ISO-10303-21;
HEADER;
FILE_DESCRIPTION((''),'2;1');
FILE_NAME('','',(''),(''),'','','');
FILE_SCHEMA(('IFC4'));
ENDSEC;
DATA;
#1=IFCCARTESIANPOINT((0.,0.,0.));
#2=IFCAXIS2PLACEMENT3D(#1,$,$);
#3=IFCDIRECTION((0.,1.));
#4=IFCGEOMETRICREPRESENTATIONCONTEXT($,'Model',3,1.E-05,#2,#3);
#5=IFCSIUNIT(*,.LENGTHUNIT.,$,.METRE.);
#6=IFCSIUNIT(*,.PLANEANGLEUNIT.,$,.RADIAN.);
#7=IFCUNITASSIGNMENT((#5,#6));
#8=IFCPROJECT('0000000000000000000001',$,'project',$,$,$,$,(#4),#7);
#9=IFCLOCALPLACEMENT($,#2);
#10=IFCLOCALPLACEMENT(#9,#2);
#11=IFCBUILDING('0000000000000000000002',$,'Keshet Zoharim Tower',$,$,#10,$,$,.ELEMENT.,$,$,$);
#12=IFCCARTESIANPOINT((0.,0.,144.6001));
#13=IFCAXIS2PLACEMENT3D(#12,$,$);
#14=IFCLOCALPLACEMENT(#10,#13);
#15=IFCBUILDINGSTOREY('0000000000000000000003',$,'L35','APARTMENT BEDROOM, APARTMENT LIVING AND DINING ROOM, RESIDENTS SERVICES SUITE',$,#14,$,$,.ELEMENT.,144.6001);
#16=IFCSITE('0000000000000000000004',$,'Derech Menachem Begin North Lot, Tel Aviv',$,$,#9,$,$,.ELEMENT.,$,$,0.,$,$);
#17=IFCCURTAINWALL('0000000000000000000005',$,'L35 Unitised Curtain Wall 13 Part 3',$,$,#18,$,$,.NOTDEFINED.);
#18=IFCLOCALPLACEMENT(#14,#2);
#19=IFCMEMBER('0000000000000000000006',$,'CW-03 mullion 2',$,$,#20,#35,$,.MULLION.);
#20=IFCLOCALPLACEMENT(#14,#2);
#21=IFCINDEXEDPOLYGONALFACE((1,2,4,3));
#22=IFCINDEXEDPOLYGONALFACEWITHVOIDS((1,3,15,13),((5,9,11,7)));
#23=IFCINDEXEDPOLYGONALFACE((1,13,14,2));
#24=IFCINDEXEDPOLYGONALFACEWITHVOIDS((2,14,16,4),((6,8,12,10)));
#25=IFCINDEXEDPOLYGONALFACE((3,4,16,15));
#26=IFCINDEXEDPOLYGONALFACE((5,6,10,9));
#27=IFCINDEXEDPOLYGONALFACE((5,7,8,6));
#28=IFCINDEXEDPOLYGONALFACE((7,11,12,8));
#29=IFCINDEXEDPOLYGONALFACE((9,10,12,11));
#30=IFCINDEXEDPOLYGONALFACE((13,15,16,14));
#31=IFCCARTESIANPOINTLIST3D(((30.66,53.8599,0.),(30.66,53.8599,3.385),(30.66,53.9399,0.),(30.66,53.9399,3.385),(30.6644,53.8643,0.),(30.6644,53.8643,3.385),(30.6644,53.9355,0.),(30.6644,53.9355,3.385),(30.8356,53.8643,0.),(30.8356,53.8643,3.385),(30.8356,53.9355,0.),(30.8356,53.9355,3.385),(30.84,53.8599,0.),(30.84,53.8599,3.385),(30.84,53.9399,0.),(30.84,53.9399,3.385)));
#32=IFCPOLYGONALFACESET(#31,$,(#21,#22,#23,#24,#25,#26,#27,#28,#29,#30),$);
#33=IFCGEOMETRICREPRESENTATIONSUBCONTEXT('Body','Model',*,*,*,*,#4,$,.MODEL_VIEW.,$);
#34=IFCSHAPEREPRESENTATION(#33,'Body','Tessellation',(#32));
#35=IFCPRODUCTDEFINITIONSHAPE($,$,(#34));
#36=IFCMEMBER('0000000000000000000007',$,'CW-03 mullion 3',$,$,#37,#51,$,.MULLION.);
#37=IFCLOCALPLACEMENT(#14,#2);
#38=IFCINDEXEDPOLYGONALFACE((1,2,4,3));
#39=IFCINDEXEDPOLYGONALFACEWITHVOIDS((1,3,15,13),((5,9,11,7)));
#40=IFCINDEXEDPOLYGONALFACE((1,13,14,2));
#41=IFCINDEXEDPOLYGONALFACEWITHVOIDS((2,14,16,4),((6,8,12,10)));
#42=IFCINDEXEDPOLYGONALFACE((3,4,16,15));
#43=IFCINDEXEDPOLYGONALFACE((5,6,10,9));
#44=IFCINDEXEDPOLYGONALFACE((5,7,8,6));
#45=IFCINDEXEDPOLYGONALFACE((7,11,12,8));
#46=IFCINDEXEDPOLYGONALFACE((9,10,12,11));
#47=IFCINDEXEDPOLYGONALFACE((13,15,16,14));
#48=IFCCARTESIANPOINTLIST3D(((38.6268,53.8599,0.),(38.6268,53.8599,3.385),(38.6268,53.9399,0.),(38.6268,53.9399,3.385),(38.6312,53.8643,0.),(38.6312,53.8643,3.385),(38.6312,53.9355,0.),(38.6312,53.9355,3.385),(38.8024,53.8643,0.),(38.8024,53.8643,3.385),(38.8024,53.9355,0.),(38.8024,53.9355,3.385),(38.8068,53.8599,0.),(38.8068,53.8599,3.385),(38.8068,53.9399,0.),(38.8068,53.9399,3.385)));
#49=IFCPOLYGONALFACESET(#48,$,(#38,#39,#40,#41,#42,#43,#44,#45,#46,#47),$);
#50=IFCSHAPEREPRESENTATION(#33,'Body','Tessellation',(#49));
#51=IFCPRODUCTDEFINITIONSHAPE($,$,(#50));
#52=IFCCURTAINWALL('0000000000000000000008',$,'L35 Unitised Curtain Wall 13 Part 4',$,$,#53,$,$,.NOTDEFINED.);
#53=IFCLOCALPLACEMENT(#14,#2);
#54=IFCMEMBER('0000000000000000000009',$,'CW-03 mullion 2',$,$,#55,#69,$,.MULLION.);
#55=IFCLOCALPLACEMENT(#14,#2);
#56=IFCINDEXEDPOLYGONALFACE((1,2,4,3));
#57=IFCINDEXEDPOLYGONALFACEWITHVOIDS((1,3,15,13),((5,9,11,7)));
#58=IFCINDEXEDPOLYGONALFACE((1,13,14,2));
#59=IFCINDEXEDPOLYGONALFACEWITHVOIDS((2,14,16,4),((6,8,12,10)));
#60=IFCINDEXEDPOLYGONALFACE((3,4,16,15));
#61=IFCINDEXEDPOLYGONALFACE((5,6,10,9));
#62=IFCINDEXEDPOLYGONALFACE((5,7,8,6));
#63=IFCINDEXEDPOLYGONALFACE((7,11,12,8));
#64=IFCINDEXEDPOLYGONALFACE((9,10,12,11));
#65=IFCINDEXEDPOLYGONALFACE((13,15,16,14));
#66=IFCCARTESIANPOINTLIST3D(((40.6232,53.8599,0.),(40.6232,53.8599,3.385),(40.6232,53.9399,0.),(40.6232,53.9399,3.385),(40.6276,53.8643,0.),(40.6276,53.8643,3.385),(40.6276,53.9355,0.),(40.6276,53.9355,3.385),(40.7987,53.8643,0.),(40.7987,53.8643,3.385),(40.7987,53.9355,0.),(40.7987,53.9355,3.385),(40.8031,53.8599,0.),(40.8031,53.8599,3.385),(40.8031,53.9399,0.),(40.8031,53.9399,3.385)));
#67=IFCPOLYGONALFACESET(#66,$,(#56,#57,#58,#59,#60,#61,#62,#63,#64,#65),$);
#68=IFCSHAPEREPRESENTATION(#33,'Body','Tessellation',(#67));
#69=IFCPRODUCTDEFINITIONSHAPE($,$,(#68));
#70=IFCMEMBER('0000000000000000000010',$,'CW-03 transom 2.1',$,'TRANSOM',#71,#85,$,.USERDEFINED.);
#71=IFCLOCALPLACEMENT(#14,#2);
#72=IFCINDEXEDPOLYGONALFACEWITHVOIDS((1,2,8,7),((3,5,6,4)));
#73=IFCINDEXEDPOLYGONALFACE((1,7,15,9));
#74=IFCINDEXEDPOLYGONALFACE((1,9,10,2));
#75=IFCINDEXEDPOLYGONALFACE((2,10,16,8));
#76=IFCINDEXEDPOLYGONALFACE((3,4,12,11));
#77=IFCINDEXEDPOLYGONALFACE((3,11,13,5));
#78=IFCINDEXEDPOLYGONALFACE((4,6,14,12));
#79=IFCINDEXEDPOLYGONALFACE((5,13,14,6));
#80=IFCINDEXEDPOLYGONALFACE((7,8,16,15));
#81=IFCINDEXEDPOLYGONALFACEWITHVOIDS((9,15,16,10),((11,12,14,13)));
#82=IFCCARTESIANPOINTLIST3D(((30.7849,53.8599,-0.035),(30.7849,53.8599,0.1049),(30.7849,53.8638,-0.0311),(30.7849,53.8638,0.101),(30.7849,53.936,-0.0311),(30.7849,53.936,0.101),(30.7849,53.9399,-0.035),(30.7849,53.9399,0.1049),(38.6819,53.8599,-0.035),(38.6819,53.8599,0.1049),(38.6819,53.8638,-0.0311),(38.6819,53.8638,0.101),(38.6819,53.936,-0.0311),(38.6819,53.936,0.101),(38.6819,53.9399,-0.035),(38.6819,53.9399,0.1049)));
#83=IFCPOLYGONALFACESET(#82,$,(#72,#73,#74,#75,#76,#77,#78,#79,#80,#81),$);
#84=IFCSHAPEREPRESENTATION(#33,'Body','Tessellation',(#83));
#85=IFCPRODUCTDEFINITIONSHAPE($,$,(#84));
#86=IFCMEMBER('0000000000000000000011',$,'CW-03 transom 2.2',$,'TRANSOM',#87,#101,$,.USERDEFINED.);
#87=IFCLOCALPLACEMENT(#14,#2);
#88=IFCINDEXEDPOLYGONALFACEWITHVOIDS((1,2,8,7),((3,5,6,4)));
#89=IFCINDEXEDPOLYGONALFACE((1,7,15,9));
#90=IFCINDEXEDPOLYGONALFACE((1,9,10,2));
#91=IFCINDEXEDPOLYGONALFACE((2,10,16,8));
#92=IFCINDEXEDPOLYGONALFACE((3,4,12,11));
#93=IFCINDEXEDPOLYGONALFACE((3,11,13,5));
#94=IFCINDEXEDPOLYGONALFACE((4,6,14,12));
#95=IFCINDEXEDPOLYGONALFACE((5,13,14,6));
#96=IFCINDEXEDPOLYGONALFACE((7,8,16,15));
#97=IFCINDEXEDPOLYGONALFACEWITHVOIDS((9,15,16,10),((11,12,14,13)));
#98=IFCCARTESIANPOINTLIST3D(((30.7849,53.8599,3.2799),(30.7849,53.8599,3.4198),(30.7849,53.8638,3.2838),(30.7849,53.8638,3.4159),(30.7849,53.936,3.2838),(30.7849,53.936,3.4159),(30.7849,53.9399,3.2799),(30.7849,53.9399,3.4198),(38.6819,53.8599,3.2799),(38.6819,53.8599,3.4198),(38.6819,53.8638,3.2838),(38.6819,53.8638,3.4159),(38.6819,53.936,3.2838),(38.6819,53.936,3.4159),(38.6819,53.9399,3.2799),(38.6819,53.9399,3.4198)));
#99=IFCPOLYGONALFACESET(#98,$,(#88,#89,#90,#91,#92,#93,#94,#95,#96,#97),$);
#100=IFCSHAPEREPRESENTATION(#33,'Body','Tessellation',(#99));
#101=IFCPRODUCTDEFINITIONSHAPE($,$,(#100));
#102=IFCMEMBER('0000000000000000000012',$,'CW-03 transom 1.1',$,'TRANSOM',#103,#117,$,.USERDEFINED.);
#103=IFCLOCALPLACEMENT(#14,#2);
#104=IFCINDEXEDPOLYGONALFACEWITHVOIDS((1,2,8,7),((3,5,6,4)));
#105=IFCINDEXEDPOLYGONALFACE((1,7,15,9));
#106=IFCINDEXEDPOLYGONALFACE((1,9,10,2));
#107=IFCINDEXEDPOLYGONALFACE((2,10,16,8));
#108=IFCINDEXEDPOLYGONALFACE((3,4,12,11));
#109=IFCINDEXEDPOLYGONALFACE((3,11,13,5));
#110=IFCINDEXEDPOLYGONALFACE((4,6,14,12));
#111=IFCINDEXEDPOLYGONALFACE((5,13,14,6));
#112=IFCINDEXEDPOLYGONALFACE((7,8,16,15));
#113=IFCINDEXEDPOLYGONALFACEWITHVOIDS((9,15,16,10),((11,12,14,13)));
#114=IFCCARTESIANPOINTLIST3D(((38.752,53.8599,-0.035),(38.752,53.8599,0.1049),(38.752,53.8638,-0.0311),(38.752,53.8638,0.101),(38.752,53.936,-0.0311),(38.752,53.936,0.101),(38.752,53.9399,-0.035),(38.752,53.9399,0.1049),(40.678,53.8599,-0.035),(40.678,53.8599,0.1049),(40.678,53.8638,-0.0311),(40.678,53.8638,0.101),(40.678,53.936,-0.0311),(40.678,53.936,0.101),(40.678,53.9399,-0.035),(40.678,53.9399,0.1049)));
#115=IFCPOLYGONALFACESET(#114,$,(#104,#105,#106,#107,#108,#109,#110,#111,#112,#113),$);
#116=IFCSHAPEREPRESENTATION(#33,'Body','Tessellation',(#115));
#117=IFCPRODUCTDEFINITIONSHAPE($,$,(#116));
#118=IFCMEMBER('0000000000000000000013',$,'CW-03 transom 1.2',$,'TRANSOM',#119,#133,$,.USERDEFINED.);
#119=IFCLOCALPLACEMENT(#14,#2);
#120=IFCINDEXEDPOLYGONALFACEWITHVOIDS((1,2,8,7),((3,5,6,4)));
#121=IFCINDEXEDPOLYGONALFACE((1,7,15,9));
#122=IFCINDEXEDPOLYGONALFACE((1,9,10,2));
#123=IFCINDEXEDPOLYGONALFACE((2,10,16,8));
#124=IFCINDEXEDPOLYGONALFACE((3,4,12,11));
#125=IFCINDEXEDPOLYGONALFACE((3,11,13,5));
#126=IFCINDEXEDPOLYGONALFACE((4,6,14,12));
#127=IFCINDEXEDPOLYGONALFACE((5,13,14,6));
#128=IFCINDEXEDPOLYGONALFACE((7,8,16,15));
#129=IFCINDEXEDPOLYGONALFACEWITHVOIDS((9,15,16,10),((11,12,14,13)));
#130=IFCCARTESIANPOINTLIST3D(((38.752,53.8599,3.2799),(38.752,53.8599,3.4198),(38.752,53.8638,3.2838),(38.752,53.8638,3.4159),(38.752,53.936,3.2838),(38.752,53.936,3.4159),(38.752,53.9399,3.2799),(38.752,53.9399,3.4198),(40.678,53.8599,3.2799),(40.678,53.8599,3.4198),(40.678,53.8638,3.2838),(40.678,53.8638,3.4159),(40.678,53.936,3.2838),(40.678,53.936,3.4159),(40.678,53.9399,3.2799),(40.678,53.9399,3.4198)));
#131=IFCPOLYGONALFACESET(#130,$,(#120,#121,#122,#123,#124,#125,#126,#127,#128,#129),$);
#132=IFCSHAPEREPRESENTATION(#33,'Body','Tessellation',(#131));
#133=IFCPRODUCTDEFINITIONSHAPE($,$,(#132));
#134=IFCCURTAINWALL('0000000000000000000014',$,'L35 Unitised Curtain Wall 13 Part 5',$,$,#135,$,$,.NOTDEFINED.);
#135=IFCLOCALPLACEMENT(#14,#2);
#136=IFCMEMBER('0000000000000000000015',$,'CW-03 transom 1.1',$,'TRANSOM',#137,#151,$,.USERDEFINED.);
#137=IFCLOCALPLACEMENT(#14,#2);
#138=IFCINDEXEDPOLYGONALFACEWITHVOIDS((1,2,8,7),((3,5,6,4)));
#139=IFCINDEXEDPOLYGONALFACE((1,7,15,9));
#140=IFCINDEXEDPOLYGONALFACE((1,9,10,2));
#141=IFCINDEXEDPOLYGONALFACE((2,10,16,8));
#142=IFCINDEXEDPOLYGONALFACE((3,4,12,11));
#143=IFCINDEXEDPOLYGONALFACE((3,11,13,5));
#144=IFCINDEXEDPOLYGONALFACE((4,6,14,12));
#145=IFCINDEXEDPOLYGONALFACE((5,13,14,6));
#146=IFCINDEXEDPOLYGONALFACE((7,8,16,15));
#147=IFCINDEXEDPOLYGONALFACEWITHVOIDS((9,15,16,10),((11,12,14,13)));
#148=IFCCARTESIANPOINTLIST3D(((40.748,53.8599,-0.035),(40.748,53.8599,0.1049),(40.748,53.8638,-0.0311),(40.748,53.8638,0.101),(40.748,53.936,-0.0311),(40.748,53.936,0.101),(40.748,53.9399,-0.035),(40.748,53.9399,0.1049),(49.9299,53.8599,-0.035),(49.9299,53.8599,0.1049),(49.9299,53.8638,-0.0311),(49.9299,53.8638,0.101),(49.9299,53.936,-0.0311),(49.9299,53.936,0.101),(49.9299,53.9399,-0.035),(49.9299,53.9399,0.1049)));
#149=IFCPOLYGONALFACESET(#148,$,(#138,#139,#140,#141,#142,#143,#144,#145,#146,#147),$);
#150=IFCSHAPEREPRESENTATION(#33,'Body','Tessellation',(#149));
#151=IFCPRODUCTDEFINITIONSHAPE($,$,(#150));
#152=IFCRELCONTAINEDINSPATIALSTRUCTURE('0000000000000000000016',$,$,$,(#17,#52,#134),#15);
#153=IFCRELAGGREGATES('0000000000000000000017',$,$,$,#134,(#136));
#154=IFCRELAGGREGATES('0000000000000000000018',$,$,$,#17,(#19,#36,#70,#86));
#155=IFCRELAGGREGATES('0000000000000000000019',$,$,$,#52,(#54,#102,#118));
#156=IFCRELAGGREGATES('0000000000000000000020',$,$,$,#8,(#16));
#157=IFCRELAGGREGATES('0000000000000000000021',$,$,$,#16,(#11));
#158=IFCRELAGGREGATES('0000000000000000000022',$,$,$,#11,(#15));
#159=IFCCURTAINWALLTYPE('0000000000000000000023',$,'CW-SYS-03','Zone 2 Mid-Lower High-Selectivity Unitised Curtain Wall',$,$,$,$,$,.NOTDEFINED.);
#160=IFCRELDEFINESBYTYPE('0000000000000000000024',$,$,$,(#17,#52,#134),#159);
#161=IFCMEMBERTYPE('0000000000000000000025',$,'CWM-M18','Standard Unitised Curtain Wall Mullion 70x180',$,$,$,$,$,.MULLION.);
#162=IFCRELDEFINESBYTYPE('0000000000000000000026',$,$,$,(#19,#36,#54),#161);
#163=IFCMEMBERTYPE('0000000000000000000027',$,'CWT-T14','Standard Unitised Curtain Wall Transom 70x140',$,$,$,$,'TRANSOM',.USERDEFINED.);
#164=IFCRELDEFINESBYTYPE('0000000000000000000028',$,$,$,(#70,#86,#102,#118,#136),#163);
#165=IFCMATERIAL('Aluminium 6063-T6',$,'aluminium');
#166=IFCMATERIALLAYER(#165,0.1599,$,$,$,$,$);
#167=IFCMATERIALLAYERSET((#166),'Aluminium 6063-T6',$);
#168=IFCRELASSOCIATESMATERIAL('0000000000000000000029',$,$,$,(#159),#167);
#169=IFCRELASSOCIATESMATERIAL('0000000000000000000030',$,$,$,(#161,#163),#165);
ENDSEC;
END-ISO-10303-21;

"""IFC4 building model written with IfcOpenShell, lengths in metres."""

from ifc_helpers import new_model, si_unit, direction, frame, origin, origin_2d, place, context, subcontext, project, spatial, hollow_rectangle, extrude, material, layer, layer_set, material_profile, profile_set, type_object, element, aggregate, save


model = new_model("IFC4")

# Units and contexts
model_context = context("Model", 3, precision=1e-05, world=origin(), true_north=direction((0.0, 1.0)))
body_context = subcontext(model_context, "Body", "Model", "MODEL_VIEW")
ifc_project = project(units=[si_unit("LENGTHUNIT", "METRE"), si_unit("PLANEANGLEUNIT", "RADIAN")], contexts=[model_context])

# Site, building, storey
site_placement = place(None, origin())
site = spatial("IfcSite", under=ifc_project, at=site_placement, Name="Derech Menachem Begin North Lot, Tel Aviv", CompositionType="ELEMENT", RefElevation=0.0)
building_placement = place(site_placement, origin())
building = spatial("IfcBuilding", under=site, at=building_placement, Name="Keshet Zoharim Tower", CompositionType="ELEMENT")
storey_placement = place(building_placement, frame((0.0, 0.0, 144.6001)))
storey = spatial("IfcBuildingStorey", under=building, at=storey_placement, Name="L35", Description="APARTMENT BEDROOM, APARTMENT LIVING AND DINING ROOM, RESIDENTS SERVICES SUITE", CompositionType="ELEMENT", Elevation=144.6001)

# Curtain wall, members
ifc_material_1 = material(Name="Aluminium 6063-T6", Category="aluminium")
ifc_layer_1 = layer(ifc_material_1, 0.1599)
ifc_layer_set_1 = layer_set([ifc_layer_1], Name="Aluminium 6063-T6")
curtain_wall_type = type_object("IfcCurtainWallType", Name="CW-SYS-03", Description="Zone 2 Mid-Lower High-Selectivity Unitised Curtain Wall", PredefinedType="NOTDEFINED", material=ifc_layer_set_1)
curtain_wall_1_placement = place(storey_placement, origin())
curtain_wall_1 = element("IfcCurtainWall", 1, at=curtain_wall_1_placement, inside=storey, type_object=curtain_wall_type, Name="L35 Unitised Curtain Wall 13 Part 3", PredefinedType="NOTDEFINED")
ifc_material_profile_1 = material_profile(ifc_material_1, hollow_rectangle(XDim=0.0801, YDim=0.1799, WallThickness=0.0044, at=origin_2d()), Name="MUL-80x180")
ifc_profile_set_1 = profile_set([ifc_material_profile_1], Name="Aluminium 6063-T6")
member_type_1 = type_object("IfcMemberType", Name="CWM-M18", Description="Standard Unitised Curtain Wall Mullion 70x180", PredefinedType="MULLION", material=ifc_profile_set_1)
member_1_placement = place(storey_placement, frame((30.75, 53.8999, 0.0), z_axis=(0.0, 0.0, 1.0), x_axis=(0.0, 1.0, 0.0)))
member_1 = element("IfcMember", 2, at=member_1_placement, type_object=member_type_1, Name="CW-03 mullion 2", PredefinedType="MULLION", context=body_context, shape_type="SweptSolid", body=[
    extrude(hollow_rectangle(XDim=0.0801, YDim=0.1799, WallThickness=0.0044, at=origin_2d()), origin(), (0.0, 0.0, 1.0), 3.385),
])
member_2_placement = place(storey_placement, frame((38.7168, 53.8999, 0.0), z_axis=(0.0, 0.0, 1.0), x_axis=(0.0, 1.0, 0.0)))
member_2 = element("IfcMember", 3, at=member_2_placement, type_object=member_type_1, Name="CW-03 mullion 3", PredefinedType="MULLION", context=body_context, shape_type="SweptSolid", body=[
    extrude(hollow_rectangle(XDim=0.0801, YDim=0.1799, WallThickness=0.0044, at=origin_2d()), origin(), (0.0, 0.0, 1.0), 3.385),
])

# Curtain wall, member
curtain_wall_2_placement = place(storey_placement, origin())
curtain_wall_2 = element("IfcCurtainWall", 4, at=curtain_wall_2_placement, inside=storey, type_object=curtain_wall_type, Name="L35 Unitised Curtain Wall 13 Part 4", PredefinedType="NOTDEFINED")
member_3_placement = place(storey_placement, frame((40.7131, 53.8999, 0.0), z_axis=(0.0, 0.0, 1.0), x_axis=(0.0, 1.0, 0.0)))
member_3 = element("IfcMember", 5, at=member_3_placement, type_object=member_type_1, Name="CW-03 mullion 2", PredefinedType="MULLION", context=body_context, shape_type="SweptSolid", body=[
    extrude(hollow_rectangle(XDim=0.0801, YDim=0.1799, WallThickness=0.0044, at=origin_2d()), origin(), (0.0, 0.0, 1.0), 3.385),
])

# Members
ifc_material_profile_2 = material_profile(ifc_material_1, hollow_rectangle(XDim=0.0801, YDim=0.1399, WallThickness=0.0039, at=origin_2d()), Name="TRN-80x140")
ifc_profile_set_2 = profile_set([ifc_material_profile_2], Name="Aluminium 6063-T6")
member_type_2 = type_object("IfcMemberType", Name="CWT-T14", Description="Standard Unitised Curtain Wall Transom 70x140", ElementType="TRANSOM", PredefinedType="USERDEFINED", material=ifc_profile_set_2)
member_4_placement = place(storey_placement, frame((30.7849, 53.8999, 0.0349), z_axis=(1.0, 0.0, 0.0), x_axis=(0.0, 1.0, 0.0)))
member_4 = element("IfcMember", 6, at=member_4_placement, type_object=member_type_2, Name="CW-03 transom 2.1", ObjectType="TRANSOM", PredefinedType="USERDEFINED", context=body_context, shape_type="SweptSolid", body=[
    extrude(hollow_rectangle(XDim=0.0801, YDim=0.1399, WallThickness=0.0039, at=origin_2d()), origin(), (0.0, 0.0, 1.0), 7.897),
])
member_5_placement = place(storey_placement, frame((30.7849, 53.8999, 3.3499), z_axis=(1.0, 0.0, 0.0), x_axis=(0.0, 1.0, 0.0)))
member_5 = element("IfcMember", 7, at=member_5_placement, type_object=member_type_2, Name="CW-03 transom 2.2", ObjectType="TRANSOM", PredefinedType="USERDEFINED", context=body_context, shape_type="SweptSolid", body=[
    extrude(hollow_rectangle(XDim=0.0801, YDim=0.1399, WallThickness=0.0039, at=origin_2d()), origin(), (0.0, 0.0, 1.0), 7.897),
])
member_6_placement = place(storey_placement, frame((38.752, 53.8999, 0.0349), z_axis=(1.0, 0.0, 0.0), x_axis=(0.0, 1.0, 0.0)))
member_6 = element("IfcMember", 8, at=member_6_placement, type_object=member_type_2, Name="CW-03 transom 1.1", ObjectType="TRANSOM", PredefinedType="USERDEFINED", context=body_context, shape_type="SweptSolid", body=[
    extrude(hollow_rectangle(XDim=0.0801, YDim=0.1399, WallThickness=0.0039, at=origin_2d()), origin(), (0.0, 0.0, 1.0), 1.926),
])
member_7_placement = place(storey_placement, frame((38.752, 53.8999, 3.3499), z_axis=(1.0, 0.0, 0.0), x_axis=(0.0, 1.0, 0.0)))
member_7 = element("IfcMember", 9, at=member_7_placement, type_object=member_type_2, Name="CW-03 transom 1.2", ObjectType="TRANSOM", PredefinedType="USERDEFINED", context=body_context, shape_type="SweptSolid", body=[
    extrude(hollow_rectangle(XDim=0.0801, YDim=0.1399, WallThickness=0.0039, at=origin_2d()), origin(), (0.0, 0.0, 1.0), 1.926),
])

# Curtain wall, member
curtain_wall_3_placement = place(storey_placement, origin())
curtain_wall_3 = element("IfcCurtainWall", 10, at=curtain_wall_3_placement, inside=storey, type_object=curtain_wall_type, Name="L35 Unitised Curtain Wall 13 Part 5", PredefinedType="NOTDEFINED")
member_8_placement = place(storey_placement, frame((40.748, 53.8999, 0.0349), z_axis=(1.0, 0.0, 0.0), x_axis=(0.0, 1.0, 0.0)))
member_8 = element("IfcMember", 11, at=member_8_placement, type_object=member_type_2, Name="CW-03 transom 1.1", ObjectType="TRANSOM", PredefinedType="USERDEFINED", context=body_context, shape_type="SweptSolid", body=[
    extrude(hollow_rectangle(XDim=0.0801, YDim=0.1399, WallThickness=0.0039, at=origin_2d()), origin(), (0.0, 0.0, 1.0), 9.1819),
])
aggregate(curtain_wall_3, [member_8])

aggregate(curtain_wall_1, [member_1, member_2, member_4, member_5])
aggregate(curtain_wall_2, [member_3, member_6, member_7])

save(model, "model.ifc")
